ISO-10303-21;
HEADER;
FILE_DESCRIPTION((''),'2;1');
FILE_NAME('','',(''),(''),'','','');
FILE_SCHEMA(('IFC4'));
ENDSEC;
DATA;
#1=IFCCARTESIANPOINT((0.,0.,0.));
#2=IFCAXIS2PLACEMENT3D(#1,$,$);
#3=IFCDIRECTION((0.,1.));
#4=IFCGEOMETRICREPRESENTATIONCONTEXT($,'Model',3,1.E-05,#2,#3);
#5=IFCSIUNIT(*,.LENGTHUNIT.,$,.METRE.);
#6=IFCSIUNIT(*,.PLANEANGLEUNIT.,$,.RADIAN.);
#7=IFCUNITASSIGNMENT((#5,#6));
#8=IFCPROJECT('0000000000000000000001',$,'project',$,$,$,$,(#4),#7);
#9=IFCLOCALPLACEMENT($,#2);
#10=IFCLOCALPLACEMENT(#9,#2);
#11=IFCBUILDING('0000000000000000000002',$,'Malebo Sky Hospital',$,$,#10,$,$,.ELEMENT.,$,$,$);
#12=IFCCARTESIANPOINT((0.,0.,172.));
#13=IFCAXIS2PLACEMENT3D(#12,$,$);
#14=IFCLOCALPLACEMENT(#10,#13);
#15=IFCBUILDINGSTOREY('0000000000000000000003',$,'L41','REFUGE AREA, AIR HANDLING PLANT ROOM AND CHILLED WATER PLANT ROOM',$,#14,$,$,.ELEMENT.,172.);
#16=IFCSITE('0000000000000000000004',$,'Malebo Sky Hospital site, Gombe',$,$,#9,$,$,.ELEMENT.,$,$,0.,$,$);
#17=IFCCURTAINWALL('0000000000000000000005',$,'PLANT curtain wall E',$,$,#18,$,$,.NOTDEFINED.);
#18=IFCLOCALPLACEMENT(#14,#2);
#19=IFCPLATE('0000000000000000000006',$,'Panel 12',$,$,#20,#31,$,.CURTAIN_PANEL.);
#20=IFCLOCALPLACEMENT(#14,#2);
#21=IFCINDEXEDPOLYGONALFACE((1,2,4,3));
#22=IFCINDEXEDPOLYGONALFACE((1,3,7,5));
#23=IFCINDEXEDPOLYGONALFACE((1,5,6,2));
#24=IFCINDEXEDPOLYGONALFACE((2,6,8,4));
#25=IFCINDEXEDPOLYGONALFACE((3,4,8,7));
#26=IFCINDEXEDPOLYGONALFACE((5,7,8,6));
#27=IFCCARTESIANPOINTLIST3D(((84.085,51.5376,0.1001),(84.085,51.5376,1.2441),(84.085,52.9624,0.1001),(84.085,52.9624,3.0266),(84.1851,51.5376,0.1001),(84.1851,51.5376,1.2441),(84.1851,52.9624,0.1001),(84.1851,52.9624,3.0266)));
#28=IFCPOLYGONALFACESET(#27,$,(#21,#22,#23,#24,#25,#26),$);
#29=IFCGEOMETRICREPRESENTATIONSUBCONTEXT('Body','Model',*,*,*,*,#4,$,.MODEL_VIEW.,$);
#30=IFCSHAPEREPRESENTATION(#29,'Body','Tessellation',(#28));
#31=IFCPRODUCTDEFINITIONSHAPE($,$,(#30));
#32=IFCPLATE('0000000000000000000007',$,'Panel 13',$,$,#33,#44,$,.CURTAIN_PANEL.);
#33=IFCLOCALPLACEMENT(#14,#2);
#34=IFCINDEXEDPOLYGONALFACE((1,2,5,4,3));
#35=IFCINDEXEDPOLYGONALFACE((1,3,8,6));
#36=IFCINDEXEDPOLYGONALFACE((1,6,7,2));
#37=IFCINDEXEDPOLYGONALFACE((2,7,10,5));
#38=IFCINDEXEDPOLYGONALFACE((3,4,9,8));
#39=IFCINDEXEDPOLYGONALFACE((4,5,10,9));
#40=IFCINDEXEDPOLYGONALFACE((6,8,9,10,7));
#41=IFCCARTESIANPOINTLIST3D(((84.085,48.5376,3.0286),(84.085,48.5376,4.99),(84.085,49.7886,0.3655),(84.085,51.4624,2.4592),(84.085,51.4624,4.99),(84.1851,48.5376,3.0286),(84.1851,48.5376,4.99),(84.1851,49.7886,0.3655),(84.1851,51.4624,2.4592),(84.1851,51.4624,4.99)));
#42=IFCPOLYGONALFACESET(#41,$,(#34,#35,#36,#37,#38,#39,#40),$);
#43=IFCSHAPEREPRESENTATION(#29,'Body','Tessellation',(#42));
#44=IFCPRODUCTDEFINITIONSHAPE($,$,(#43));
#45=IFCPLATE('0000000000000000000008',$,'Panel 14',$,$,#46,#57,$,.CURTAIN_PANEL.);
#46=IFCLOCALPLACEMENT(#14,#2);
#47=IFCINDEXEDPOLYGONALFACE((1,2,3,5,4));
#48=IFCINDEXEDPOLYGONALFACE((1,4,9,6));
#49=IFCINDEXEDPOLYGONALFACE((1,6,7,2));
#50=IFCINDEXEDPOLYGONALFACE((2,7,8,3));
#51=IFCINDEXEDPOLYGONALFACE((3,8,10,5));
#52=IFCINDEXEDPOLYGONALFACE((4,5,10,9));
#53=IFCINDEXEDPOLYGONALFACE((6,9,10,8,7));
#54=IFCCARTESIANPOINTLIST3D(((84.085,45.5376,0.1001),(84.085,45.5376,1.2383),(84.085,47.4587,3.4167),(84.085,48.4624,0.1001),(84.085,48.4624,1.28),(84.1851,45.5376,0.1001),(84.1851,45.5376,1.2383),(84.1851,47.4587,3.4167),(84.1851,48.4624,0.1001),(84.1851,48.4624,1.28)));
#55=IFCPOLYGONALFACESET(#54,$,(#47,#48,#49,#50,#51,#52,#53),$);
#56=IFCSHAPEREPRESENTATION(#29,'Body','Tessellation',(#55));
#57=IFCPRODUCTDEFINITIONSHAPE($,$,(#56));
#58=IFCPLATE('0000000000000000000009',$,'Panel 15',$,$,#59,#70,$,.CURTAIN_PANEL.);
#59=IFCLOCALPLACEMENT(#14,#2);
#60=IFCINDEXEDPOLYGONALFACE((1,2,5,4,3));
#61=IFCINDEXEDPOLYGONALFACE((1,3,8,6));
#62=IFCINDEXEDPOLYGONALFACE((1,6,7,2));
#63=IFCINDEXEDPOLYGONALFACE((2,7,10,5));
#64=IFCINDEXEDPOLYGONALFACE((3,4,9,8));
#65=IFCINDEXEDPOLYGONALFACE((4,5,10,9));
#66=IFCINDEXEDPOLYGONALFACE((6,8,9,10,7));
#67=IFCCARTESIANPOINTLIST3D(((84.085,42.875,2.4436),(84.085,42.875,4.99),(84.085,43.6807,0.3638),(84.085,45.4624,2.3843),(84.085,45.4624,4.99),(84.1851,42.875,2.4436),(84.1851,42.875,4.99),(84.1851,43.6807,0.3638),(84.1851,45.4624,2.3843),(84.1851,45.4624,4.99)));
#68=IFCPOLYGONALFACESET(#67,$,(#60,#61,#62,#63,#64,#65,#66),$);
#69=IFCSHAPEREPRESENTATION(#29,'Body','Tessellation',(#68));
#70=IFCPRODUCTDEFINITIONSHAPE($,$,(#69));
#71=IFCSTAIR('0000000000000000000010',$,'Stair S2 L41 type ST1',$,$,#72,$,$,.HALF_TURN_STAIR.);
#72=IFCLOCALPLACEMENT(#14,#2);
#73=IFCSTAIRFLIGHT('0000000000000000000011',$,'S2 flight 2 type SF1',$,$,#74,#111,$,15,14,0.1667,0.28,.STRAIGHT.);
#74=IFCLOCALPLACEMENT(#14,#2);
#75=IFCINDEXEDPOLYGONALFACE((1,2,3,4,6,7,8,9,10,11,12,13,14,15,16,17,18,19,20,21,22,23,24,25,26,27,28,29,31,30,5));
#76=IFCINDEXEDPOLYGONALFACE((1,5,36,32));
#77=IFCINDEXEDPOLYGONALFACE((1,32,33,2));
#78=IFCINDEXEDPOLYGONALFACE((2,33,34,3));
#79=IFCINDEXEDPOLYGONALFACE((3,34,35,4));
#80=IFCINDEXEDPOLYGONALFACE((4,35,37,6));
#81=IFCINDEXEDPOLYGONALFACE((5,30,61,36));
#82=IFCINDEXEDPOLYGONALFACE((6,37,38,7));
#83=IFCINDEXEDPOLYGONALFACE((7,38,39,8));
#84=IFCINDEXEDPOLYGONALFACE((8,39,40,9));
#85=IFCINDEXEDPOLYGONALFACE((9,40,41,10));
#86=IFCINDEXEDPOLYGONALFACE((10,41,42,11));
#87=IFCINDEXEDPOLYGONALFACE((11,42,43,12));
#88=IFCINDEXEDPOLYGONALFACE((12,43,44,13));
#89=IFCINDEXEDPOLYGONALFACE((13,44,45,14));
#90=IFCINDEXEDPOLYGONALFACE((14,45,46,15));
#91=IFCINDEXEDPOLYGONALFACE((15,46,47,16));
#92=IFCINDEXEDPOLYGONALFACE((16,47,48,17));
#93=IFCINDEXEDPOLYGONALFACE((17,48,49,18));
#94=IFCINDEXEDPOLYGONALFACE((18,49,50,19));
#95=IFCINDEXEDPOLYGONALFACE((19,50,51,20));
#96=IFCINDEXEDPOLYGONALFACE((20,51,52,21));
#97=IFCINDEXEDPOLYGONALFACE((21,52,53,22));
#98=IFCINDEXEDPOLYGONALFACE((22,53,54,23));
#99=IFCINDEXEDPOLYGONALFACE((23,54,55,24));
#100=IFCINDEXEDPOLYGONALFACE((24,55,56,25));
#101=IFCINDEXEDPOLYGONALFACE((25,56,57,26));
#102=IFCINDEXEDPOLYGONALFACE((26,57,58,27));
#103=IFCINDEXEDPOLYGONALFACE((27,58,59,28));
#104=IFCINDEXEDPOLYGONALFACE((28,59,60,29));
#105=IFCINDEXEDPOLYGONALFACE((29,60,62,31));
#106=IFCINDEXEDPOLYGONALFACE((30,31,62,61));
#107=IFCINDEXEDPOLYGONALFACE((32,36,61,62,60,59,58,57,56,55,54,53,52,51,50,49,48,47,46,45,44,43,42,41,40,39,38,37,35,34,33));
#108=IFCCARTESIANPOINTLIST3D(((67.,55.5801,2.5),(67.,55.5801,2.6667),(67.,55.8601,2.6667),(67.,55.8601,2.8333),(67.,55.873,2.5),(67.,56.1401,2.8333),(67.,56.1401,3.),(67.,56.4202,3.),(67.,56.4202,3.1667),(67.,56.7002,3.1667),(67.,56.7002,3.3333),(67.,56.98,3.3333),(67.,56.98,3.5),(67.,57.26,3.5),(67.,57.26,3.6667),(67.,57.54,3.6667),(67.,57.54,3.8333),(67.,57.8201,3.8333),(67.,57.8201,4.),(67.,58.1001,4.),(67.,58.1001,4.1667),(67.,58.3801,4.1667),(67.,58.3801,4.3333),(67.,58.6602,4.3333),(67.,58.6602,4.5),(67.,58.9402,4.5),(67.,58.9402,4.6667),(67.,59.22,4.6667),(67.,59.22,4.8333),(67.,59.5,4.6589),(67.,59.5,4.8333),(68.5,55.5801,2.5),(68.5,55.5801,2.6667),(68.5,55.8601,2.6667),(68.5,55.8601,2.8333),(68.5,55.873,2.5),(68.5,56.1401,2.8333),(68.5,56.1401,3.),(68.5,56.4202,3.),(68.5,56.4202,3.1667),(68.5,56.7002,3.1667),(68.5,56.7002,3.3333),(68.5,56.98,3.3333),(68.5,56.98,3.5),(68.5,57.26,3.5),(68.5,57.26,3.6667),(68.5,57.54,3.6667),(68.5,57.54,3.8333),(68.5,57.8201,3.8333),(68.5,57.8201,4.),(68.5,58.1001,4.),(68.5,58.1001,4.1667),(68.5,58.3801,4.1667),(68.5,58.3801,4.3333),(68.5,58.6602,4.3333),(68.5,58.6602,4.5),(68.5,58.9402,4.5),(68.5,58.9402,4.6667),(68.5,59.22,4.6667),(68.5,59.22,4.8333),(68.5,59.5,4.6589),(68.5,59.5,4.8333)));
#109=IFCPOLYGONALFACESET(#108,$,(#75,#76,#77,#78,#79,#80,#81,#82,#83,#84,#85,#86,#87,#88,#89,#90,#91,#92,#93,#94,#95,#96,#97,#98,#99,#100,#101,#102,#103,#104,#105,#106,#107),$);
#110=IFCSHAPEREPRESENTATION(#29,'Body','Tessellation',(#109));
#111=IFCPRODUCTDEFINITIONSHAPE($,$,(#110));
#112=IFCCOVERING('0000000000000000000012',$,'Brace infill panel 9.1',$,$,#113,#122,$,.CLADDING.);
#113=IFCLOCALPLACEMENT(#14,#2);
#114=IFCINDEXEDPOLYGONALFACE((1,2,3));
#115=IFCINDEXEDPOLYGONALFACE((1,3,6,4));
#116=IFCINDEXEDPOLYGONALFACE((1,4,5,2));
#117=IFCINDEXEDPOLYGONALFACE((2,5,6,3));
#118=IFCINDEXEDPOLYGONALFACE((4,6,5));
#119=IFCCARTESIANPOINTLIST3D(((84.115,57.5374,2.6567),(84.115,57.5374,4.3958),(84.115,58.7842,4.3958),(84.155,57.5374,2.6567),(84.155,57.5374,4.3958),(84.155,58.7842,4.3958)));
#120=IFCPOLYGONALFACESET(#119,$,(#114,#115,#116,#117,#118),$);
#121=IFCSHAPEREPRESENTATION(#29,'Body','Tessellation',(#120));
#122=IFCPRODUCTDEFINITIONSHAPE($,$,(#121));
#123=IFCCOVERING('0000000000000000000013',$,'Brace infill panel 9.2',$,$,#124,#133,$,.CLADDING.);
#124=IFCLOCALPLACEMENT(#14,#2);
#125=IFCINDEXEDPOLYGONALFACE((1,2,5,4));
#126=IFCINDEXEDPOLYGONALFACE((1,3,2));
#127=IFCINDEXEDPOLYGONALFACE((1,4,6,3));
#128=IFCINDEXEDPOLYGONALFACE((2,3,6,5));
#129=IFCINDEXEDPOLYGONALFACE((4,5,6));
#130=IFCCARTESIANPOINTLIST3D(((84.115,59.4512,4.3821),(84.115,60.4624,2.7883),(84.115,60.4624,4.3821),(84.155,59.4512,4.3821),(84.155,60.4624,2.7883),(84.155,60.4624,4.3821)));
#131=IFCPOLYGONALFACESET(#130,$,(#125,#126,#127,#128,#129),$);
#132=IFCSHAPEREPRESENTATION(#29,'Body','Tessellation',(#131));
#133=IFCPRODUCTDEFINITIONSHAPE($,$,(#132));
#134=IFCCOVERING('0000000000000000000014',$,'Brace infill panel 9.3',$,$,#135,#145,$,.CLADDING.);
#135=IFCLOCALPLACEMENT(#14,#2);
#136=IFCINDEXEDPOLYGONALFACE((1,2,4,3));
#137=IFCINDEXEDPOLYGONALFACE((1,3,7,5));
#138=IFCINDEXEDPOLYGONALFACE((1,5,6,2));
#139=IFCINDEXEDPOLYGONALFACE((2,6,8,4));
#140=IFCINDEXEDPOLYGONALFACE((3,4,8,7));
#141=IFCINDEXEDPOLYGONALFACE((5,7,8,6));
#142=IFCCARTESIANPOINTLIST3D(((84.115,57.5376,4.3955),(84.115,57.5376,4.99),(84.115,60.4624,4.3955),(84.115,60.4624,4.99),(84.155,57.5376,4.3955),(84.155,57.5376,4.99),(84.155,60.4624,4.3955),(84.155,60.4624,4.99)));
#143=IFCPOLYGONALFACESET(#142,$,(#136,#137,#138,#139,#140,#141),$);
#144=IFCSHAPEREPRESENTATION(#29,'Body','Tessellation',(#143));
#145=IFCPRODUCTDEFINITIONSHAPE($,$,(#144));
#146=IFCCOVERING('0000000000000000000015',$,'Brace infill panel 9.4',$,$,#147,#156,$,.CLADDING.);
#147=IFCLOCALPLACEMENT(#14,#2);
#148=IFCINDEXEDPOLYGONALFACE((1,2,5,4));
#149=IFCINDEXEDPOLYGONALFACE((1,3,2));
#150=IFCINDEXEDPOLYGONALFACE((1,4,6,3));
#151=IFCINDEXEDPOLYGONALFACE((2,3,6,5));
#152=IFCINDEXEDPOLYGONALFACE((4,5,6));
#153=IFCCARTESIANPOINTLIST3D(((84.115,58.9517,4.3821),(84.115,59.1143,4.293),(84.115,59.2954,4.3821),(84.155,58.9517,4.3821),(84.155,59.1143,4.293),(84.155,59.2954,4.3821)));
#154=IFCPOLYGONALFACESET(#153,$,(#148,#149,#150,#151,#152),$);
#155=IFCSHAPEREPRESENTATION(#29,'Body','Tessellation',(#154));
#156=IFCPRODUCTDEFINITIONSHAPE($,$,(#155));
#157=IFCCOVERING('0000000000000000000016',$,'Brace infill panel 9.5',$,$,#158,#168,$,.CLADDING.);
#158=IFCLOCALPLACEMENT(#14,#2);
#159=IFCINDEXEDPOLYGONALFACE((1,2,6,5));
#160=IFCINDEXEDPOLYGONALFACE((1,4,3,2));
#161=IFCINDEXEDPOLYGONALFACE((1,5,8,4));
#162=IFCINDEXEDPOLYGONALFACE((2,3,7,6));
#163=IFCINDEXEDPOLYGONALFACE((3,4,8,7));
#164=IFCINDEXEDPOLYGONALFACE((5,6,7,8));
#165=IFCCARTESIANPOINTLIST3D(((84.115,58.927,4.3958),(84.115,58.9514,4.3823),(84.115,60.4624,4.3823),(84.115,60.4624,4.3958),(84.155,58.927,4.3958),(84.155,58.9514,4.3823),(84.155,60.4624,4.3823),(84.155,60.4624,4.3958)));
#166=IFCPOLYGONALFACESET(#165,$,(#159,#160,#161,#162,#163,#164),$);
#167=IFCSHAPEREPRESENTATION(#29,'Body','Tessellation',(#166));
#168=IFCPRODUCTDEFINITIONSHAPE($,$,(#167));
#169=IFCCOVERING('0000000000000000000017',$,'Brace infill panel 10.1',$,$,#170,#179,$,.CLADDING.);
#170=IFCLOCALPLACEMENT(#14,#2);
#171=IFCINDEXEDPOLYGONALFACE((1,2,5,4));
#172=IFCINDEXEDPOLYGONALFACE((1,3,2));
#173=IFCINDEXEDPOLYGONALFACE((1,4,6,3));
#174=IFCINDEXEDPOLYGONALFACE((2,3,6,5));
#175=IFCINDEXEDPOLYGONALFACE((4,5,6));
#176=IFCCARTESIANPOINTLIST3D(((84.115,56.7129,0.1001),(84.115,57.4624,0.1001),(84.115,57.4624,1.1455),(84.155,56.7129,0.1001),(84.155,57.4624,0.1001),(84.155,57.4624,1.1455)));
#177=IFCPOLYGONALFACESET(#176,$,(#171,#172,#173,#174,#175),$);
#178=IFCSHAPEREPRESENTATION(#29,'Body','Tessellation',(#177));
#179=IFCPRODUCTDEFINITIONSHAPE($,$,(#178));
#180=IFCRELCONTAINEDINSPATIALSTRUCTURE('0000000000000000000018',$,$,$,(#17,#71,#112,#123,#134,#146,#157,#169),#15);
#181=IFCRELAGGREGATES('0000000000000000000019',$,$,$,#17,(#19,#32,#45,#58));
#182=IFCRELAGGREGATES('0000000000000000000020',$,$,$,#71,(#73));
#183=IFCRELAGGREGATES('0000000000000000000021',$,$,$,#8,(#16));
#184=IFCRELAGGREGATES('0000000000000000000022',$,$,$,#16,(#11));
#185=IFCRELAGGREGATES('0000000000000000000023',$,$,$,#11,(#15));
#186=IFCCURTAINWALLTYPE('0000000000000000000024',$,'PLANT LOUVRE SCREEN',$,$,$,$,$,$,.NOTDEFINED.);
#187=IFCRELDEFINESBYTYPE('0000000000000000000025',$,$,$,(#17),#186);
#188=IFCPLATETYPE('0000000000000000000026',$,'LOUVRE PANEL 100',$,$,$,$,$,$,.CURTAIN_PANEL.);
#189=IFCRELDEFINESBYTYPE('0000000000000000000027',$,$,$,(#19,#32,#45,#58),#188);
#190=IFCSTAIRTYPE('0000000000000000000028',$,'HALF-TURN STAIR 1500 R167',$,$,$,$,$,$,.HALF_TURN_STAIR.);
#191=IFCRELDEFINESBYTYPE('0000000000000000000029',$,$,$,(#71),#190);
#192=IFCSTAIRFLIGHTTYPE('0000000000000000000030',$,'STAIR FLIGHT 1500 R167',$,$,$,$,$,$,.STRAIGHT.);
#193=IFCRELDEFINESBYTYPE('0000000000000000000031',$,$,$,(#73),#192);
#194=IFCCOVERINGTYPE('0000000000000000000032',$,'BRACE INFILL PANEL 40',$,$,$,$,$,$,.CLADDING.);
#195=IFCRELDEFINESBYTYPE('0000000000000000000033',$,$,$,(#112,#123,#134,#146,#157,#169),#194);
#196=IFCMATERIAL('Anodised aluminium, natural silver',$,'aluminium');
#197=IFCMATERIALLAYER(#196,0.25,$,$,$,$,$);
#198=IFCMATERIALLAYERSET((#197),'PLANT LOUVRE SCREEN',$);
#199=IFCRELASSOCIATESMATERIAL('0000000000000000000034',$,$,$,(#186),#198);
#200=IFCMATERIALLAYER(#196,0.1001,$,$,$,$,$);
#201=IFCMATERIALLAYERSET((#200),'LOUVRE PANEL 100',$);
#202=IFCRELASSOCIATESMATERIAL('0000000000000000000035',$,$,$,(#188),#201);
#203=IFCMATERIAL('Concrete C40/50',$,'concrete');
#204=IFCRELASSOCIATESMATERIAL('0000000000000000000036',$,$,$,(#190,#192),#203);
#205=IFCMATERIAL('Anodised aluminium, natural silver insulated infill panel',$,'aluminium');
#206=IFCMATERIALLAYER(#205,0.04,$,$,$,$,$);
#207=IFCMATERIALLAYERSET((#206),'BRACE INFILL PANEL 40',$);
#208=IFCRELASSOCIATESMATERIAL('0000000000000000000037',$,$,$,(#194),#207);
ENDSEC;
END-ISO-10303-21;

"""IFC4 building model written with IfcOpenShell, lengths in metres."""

from ifc_helpers import new_model, si_unit, direction, frame, origin, place, context, subcontext, project, spatial, polyline, outline, extrude, material, layer, layer_set, type_object, element, aggregate, save


model = new_model("IFC4")

# Units and contexts
model_context = context("Model", 3, precision=1e-05, world=origin(), true_north=direction((0.0, 1.0)))
body_context = subcontext(model_context, "Body", "Model", "MODEL_VIEW")
ifc_project = project(units=[si_unit("LENGTHUNIT", "METRE"), si_unit("PLANEANGLEUNIT", "RADIAN")], contexts=[model_context])

# Site, building, storey
site_placement = place(None, origin())
site = spatial("IfcSite", under=ifc_project, at=site_placement, Name="Malebo Sky Hospital site, Gombe", CompositionType="ELEMENT", RefElevation=0.0)
building_placement = place(site_placement, origin())
building = spatial("IfcBuilding", under=site, at=building_placement, Name="Malebo Sky Hospital", CompositionType="ELEMENT")
storey_placement = place(building_placement, frame((0.0, 0.0, 172.0)))
storey = spatial("IfcBuildingStorey", under=building, at=storey_placement, Name="L41", Description="REFUGE AREA, AIR HANDLING PLANT ROOM AND CHILLED WATER PLANT ROOM", CompositionType="ELEMENT", Elevation=172.0)

# Curtain wall
ifc_material_1 = material(Name="Anodised aluminium, natural silver", Category="aluminium")
ifc_layer_1 = layer(ifc_material_1, 0.25)
ifc_layer_set_1 = layer_set([ifc_layer_1], Name="PLANT LOUVRE SCREEN")
curtain_wall_type = type_object("IfcCurtainWallType", Name="PLANT LOUVRE SCREEN", PredefinedType="NOTDEFINED", material=ifc_layer_set_1)
curtain_wall_placement = place(storey_placement, origin())
curtain_wall = element("IfcCurtainWall", 1, at=curtain_wall_placement, inside=storey, type_object=curtain_wall_type, Name="PLANT curtain wall E", PredefinedType="NOTDEFINED")

# Plates
ifc_layer_2 = layer(ifc_material_1, 0.1001)
ifc_layer_set_2 = layer_set([ifc_layer_2], Name="LOUVRE PANEL 100")
plate_type = type_object("IfcPlateType", Name="LOUVRE PANEL 100", PredefinedType="CURTAIN_PANEL", material=ifc_layer_set_2)
plate_1_placement = place(storey_placement, frame((84.135, 52.25, 0.1001), z_axis=(0.0, 0.0, 1.0), x_axis=(0.0, -1.0, 0.0)))
plate_1 = element("IfcPlate", 2, at=plate_1_placement, type_object=plate_type, Name="Panel 12", PredefinedType="CURTAIN_PANEL", context=body_context, shape_type="SweptSolid", body=[
    extrude(outline(polyline([(-0.7124, 0.0), (0.7124, 0.0), (0.7124, 1.144), (-0.7124, 2.9265), (-0.7124, 0.0)])), frame((0.0, 0.05, 0.0), z_axis=(0.0, -1.0, 0.0), x_axis=(1.0, 0.0, 0.0)), (0.0, 0.0, 1.0), 0.1001),
])
plate_2_placement = place(storey_placement, frame((84.135, 50.0, 0.3655), z_axis=(0.0, 0.0, 1.0), x_axis=(0.0, -1.0, 0.0)))
plate_2 = element("IfcPlate", 3, at=plate_2_placement, type_object=plate_type, Name="Panel 13", PredefinedType="CURTAIN_PANEL", context=body_context, shape_type="SweptSolid", body=[
    extrude(outline(polyline([(0.2114, 0.0), (1.4624, 2.6631), (1.4624, 4.6245), (-1.4624, 4.6245), (-1.4624, 2.0938), (0.2114, 0.0)])), frame((0.0, 0.05, 0.0), z_axis=(0.0, -1.0, 0.0), x_axis=(1.0, 0.0, 0.0)), (0.0, 0.0, 1.0), 0.1001),
])
plate_3_placement = place(storey_placement, frame((84.135, 47.0, 0.1001), z_axis=(0.0, 0.0, 1.0), x_axis=(0.0, -1.0, 0.0)))
plate_3 = element("IfcPlate", 4, at=plate_3_placement, type_object=plate_type, Name="Panel 14", PredefinedType="CURTAIN_PANEL", context=body_context, shape_type="SweptSolid", body=[
    extrude(outline(polyline([(-1.4624, 0.0), (1.4624, 0.0), (1.4624, 1.1382), (-0.4587, 3.3167), (-1.4624, 1.1799), (-1.4624, 0.0)])), frame((0.0, 0.05, 0.0), z_axis=(0.0, -1.0, 0.0), x_axis=(1.0, 0.0, 0.0)), (0.0, 0.0, 1.0), 0.1001),
])
plate_4_placement = place(storey_placement, frame((84.135, 44.1687, 0.3638), z_axis=(0.0, 0.0, 1.0), x_axis=(0.0, -1.0, 0.0)))
plate_4 = element("IfcPlate", 5, at=plate_4_placement, type_object=plate_type, Name="Panel 15", PredefinedType="CURTAIN_PANEL", context=body_context, shape_type="SweptSolid", body=[
    extrude(outline(polyline([(0.488, 0.0), (1.2937, 2.0798), (1.2937, 4.6262), (-1.2937, 4.6262), (-1.2937, 2.0205), (0.488, 0.0)])), frame((0.0, 0.05, 0.0), z_axis=(0.0, -1.0, 0.0), x_axis=(1.0, 0.0, 0.0)), (0.0, 0.0, 1.0), 0.1001),
])
aggregate(curtain_wall, [plate_1, plate_2, plate_3, plate_4])

# Stair, stair flight
ifc_material_2 = material(Name="Concrete C40/50", Category="concrete")
stair_type = type_object("IfcStairType", Name="HALF-TURN STAIR 1500 R167", PredefinedType="HALF_TURN_STAIR", material=ifc_material_2)
stair_placement = place(storey_placement, origin())
stair = element("IfcStair", 6, at=stair_placement, inside=storey, type_object=stair_type, Name="Stair S2 L41 type ST1", PredefinedType="HALF_TURN_STAIR")
stair_flight_type = type_object("IfcStairFlightType", Name="STAIR FLIGHT 1500 R167", PredefinedType="STRAIGHT", material=ifc_material_2)
stair_flight_placement = place(storey_placement, frame((67.75, 55.5801, 2.5), z_axis=(0.0, 0.0, 1.0), x_axis=(0.0, 1.0, 0.0)))
stair_flight = element("IfcStairFlight", 7, at=stair_flight_placement, type_object=stair_flight_type, Name="S2 flight 2 type SF1", NumberOfRisers=15, NumberOfTreads=14, PredefinedType="STRAIGHT", RiserHeight=0.1667, TreadLength=0.28, context=body_context, shape_type="SweptSolid", body=[
    extrude(outline(polyline([(0.0, 0.0), (0.0, 0.1667), (0.28, 0.1667), (0.28, 0.3333), (0.5601, 0.3333), (0.5601, 0.5), (0.8401, 0.5), (0.8401, 0.6667), (1.1201, 0.6667), (1.1201, 0.8333), (1.3999, 0.8333), (1.3999, 1.0), (1.6799, 1.0), (1.6799, 1.1667), (1.96, 1.1667), (1.96, 1.3333), (2.24, 1.3333), (2.24, 1.5), (2.52, 1.5), (2.52, 1.6667), (2.8, 1.6667), (2.8, 1.8333), (3.0801, 1.8333), (3.0801, 2.0), (3.3601, 2.0), (3.3601, 2.1667), (3.6399, 2.1667), (3.6399, 2.3333), (3.9199, 2.3333), (3.9199, 2.5), (3.9199, 2.1589), (0.293, 0.0), (0.0, 0.0)])), frame((0.0, 0.75, 0.0), z_axis=(0.0, -1.0, 0.0), x_axis=(1.0, 0.0, 0.0)), (0.0, 0.0, 1.0), 1.5),
])
aggregate(stair, [stair_flight])

# Coverings
ifc_material_3 = material(Name="Anodised aluminium, natural silver insulated infill panel", Category="aluminium")
ifc_layer_3 = layer(ifc_material_3, 0.04)
ifc_layer_set_3 = layer_set([ifc_layer_3], Name="BRACE INFILL PANEL 40")
covering_type = type_object("IfcCoveringType", Name="BRACE INFILL PANEL 40", PredefinedType="CLADDING", material=ifc_layer_set_3)
covering_1_placement = place(storey_placement, frame((84.135, 58.1609, 2.6567), z_axis=(0.0, 0.0, 1.0), x_axis=(0.0, -1.0, 0.0)))
element("IfcCovering", 8, at=covering_1_placement, inside=storey, type_object=covering_type, Name="Brace infill panel 9.1", PredefinedType="CLADDING", context=body_context, shape_type="SweptSolid", body=[
    extrude(outline(polyline([(0.6235, 0.0), (0.6235, 1.739), (-0.6233, 1.739), (0.6235, 0.0)])), frame((0.0, 0.02, 0.0), z_axis=(0.0, -1.0, 0.0), x_axis=(1.0, 0.0, 0.0)), (0.0, 0.0, 1.0), 0.04),
])
covering_2_placement = place(storey_placement, frame((84.135, 59.9568, 2.7883), z_axis=(0.0, 0.0, 1.0), x_axis=(0.0, -1.0, 0.0)))
element("IfcCovering", 9, at=covering_2_placement, inside=storey, type_object=covering_type, Name="Brace infill panel 9.2", PredefinedType="CLADDING", context=body_context, shape_type="SweptSolid", body=[
    extrude(outline(polyline([(-0.5056, 0.0), (0.5056, 1.5938), (-0.5056, 1.5938), (-0.5056, 0.0)])), frame((0.0, 0.02, 0.0), z_axis=(0.0, -1.0, 0.0), x_axis=(1.0, 0.0, 0.0)), (0.0, 0.0, 1.0), 0.04),
])
covering_3_placement = place(storey_placement, frame((84.135, 59.0, 4.3955), z_axis=(0.0, 0.0, 1.0), x_axis=(0.0, -1.0, 0.0)))
element("IfcCovering", 10, at=covering_3_placement, inside=storey, type_object=covering_type, Name="Brace infill panel 9.3", PredefinedType="CLADDING", context=body_context, shape_type="SweptSolid", body=[
    extrude(outline(polyline([(-1.4624, 0.0), (1.4624, 0.0), (1.4624, 0.5945), (-1.4624, 0.5945), (-1.4624, 0.0)])), frame((0.0, 0.02, 0.0), z_axis=(0.0, -1.0, 0.0), x_axis=(1.0, 0.0, 0.0)), (0.0, 0.0, 1.0), 0.04),
])
covering_4_placement = place(storey_placement, frame((84.135, 59.1235, 4.293), z_axis=(0.0, 0.0, 1.0), x_axis=(0.0, -1.0, 0.0)))
element("IfcCovering", 11, at=covering_4_placement, inside=storey, type_object=covering_type, Name="Brace infill panel 9.4", PredefinedType="CLADDING", context=body_context, shape_type="SweptSolid", body=[
    extrude(outline(polyline([(0.0093, 0.0), (0.1719, 0.0891), (-0.1719, 0.0891), (0.0093, 0.0)])), frame((0.0, 0.02, 0.0), z_axis=(0.0, -1.0, 0.0), x_axis=(1.0, 0.0, 0.0)), (0.0, 0.0, 1.0), 0.04),
])
covering_5_placement = place(storey_placement, frame((84.135, 59.6946, 4.3823), z_axis=(0.0, 0.0, 1.0), x_axis=(0.0, -1.0, 0.0)))
element("IfcCovering", 12, at=covering_5_placement, inside=storey, type_object=covering_type, Name="Brace infill panel 9.5", PredefinedType="CLADDING", context=body_context, shape_type="SweptSolid", body=[
    extrude(outline(polyline([(-0.7678, 0.0), (0.7432, 0.0), (0.7676, 0.0134), (-0.7678, 0.0134), (-0.7678, 0.0)])), frame((0.0, 0.02, 0.0), z_axis=(0.0, -1.0, 0.0), x_axis=(1.0, 0.0, 0.0)), (0.0, 0.0, 1.0), 0.04),
])
covering_6_placement = place(storey_placement, frame((84.135, 57.0876, 0.1001), z_axis=(0.0, 0.0, 1.0), x_axis=(0.0, -1.0, 0.0)))
element("IfcCovering", 13, at=covering_6_placement, inside=storey, type_object=covering_type, Name="Brace infill panel 10.1", PredefinedType="CLADDING", context=body_context, shape_type="SweptSolid", body=[
    extrude(outline(polyline([(-0.3748, 0.0), (0.3748, 0.0), (-0.3748, 1.0454), (-0.3748, 0.0)])), frame((0.0, 0.02, 0.0), z_axis=(0.0, -1.0, 0.0), x_axis=(1.0, 0.0, 0.0)), (0.0, 0.0, 1.0), 0.04),
])

save(model, "model.ifc")
